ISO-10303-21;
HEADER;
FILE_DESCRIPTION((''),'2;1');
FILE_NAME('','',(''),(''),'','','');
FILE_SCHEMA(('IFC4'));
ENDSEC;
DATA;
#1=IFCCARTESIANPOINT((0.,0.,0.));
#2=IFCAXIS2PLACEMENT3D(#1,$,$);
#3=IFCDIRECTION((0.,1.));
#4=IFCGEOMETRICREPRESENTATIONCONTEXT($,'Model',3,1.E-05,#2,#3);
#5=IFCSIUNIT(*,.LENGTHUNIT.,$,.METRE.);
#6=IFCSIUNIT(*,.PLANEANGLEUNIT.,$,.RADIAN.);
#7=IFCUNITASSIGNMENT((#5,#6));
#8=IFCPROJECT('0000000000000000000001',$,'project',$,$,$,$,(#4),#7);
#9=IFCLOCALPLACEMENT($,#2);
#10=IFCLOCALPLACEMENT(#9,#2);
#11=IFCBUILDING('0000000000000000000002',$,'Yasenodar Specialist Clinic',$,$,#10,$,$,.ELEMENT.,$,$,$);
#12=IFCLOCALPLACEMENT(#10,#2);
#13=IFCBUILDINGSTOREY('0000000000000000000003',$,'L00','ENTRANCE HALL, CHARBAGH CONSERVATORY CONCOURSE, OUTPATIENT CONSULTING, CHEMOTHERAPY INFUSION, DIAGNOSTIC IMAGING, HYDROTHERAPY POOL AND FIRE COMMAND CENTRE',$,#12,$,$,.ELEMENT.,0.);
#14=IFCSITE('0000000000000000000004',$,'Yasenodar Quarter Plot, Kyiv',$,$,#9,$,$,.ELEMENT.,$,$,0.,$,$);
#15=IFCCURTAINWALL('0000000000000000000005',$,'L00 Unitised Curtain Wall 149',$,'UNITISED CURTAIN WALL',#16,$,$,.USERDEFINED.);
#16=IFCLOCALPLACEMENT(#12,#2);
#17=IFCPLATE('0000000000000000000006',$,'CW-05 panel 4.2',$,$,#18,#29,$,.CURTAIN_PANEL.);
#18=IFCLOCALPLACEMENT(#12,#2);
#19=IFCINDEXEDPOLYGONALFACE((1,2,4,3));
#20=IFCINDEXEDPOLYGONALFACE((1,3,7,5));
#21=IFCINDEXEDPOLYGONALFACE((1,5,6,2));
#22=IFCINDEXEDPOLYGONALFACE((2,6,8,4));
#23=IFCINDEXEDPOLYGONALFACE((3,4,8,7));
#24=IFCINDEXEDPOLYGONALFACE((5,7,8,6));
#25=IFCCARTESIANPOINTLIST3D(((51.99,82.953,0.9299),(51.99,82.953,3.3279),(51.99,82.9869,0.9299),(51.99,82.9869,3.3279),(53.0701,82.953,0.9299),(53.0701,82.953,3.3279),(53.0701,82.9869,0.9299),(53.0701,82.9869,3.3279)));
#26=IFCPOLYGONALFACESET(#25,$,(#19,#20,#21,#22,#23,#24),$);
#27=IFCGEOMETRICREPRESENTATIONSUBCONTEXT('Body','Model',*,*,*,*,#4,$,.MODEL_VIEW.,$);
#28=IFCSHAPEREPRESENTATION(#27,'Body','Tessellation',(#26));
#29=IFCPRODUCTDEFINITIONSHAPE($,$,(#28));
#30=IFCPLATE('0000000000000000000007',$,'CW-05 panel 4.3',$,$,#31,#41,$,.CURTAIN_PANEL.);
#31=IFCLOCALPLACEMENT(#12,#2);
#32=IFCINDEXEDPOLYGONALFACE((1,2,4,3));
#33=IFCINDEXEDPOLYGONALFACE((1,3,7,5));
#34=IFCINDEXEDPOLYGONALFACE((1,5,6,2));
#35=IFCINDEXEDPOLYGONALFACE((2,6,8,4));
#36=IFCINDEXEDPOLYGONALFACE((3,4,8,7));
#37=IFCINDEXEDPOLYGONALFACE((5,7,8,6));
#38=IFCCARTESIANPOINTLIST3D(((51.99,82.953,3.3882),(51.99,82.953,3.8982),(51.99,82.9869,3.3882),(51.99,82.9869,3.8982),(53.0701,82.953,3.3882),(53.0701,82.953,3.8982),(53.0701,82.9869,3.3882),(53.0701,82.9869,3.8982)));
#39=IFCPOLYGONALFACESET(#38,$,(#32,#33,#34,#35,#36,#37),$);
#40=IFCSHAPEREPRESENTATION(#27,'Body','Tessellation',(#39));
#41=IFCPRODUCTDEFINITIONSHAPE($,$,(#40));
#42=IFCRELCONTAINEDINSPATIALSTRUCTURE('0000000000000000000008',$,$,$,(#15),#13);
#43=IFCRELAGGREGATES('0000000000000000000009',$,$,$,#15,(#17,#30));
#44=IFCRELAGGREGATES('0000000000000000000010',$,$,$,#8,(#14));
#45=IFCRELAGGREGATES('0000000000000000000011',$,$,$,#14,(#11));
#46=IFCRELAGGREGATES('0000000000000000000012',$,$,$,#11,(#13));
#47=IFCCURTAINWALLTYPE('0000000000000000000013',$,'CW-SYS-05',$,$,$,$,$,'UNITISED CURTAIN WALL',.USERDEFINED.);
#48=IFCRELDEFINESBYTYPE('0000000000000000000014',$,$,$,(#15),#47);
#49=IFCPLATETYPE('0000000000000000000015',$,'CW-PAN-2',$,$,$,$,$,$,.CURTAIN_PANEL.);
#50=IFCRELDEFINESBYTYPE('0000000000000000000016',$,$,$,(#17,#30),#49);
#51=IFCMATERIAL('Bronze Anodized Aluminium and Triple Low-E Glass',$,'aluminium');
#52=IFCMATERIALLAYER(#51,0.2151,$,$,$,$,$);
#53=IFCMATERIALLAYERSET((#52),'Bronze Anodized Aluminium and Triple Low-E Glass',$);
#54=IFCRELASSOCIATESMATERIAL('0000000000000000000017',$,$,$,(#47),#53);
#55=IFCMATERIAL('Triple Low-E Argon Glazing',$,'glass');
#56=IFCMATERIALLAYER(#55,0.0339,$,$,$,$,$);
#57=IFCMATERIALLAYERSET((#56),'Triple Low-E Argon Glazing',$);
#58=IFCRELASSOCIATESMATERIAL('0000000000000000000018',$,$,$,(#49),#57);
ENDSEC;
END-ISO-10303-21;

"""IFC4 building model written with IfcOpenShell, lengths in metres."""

from ifc_helpers import new_model, si_unit, direction, frame, origin, origin_2d, place, context, subcontext, project, spatial, rectangle, extrude, material, layer, layer_set, type_object, element, aggregate, save


model = new_model("IFC4")

# Units and contexts
model_context = context("Model", 3, precision=1e-05, world=origin(), true_north=direction((0.0, 1.0)))
body_context = subcontext(model_context, "Body", "Model", "MODEL_VIEW")
ifc_project = project(units=[si_unit("LENGTHUNIT", "METRE"), si_unit("PLANEANGLEUNIT", "RADIAN")], contexts=[model_context])

# Site, building, storey
site_placement = place(None, origin())
site = spatial("IfcSite", under=ifc_project, at=site_placement, Name="Yasenodar Quarter Plot, Kyiv", CompositionType="ELEMENT", RefElevation=0.0)
building_placement = place(site_placement, origin())
building = spatial("IfcBuilding", under=site, at=building_placement, Name="Yasenodar Specialist Clinic", CompositionType="ELEMENT")
storey_placement = place(building_placement, origin())
storey = spatial("IfcBuildingStorey", under=building, at=storey_placement, Name="L00", Description="ENTRANCE HALL, CHARBAGH CONSERVATORY CONCOURSE, OUTPATIENT CONSULTING, CHEMOTHERAPY INFUSION, DIAGNOSTIC IMAGING, HYDROTHERAPY POOL AND FIRE COMMAND CENTRE", CompositionType="ELEMENT", Elevation=0.0)

# Curtain wall
ifc_material_1 = material(Name="Bronze Anodized Aluminium and Triple Low-E Glass", Category="aluminium")
ifc_layer_1 = layer(ifc_material_1, 0.2151)
ifc_layer_set_1 = layer_set([ifc_layer_1], Name="Bronze Anodized Aluminium and Triple Low-E Glass")
curtain_wall_type_1 = type_object("IfcCurtainWallType", Name="CW-SYS-05", ElementType="UNITISED CURTAIN WALL", PredefinedType="USERDEFINED", material=ifc_layer_set_1)
curtain_wall_1_placement = place(storey_placement, origin())
curtain_wall_1 = element("IfcCurtainWall", 1, at=curtain_wall_1_placement, inside=storey, type_object=curtain_wall_type_1, Name="L00 Unitised Curtain Wall 149", ObjectType="UNITISED CURTAIN WALL", PredefinedType="USERDEFINED")

# Shared definitions
ifc_material_2 = material(Name="Triple Low-E Argon Glazing", Category="glass")
ifc_layer_2 = layer(ifc_material_2, 0.0339)
ifc_layer_set_2 = layer_set([ifc_layer_2], Name="Triple Low-E Argon Glazing")
plate_type = type_object("IfcPlateType", Name="CW-PAN-2", PredefinedType="CURTAIN_PANEL", material=ifc_layer_set_2)

# Plates
plate_1_placement = place(storey_placement, frame((52.53, 82.97, 0.9299), z_axis=(0.0, 0.0, 1.0), x_axis=(-1.0, 0.0, 0.0)))
plate_1 = element("IfcPlate", 2, at=plate_1_placement, type_object=plate_type, Name="CW-05 panel 4.2", PredefinedType="CURTAIN_PANEL", context=body_context, shape_type="SweptSolid", body=[
    extrude(rectangle(XDim=1.0801, YDim=0.0339, at=origin_2d()), origin(), (0.0, 0.0, 1.0), 2.3979),
])
plate_2_placement = place(storey_placement, frame((52.53, 82.97, 3.3882), z_axis=(0.0, 0.0, 1.0), x_axis=(-1.0, 0.0, 0.0)))
plate_2 = element("IfcPlate", 3, at=plate_2_placement, type_object=plate_type, Name="CW-05 panel 4.3", PredefinedType="CURTAIN_PANEL", context=body_context, shape_type="SweptSolid", body=[
    extrude(rectangle(XDim=1.0801, YDim=0.0339, at=origin_2d()), origin(), (0.0, 0.0, 1.0), 0.51),
])
aggregate(curtain_wall_1, [plate_1, plate_2])

save(model, "model.ifc")
